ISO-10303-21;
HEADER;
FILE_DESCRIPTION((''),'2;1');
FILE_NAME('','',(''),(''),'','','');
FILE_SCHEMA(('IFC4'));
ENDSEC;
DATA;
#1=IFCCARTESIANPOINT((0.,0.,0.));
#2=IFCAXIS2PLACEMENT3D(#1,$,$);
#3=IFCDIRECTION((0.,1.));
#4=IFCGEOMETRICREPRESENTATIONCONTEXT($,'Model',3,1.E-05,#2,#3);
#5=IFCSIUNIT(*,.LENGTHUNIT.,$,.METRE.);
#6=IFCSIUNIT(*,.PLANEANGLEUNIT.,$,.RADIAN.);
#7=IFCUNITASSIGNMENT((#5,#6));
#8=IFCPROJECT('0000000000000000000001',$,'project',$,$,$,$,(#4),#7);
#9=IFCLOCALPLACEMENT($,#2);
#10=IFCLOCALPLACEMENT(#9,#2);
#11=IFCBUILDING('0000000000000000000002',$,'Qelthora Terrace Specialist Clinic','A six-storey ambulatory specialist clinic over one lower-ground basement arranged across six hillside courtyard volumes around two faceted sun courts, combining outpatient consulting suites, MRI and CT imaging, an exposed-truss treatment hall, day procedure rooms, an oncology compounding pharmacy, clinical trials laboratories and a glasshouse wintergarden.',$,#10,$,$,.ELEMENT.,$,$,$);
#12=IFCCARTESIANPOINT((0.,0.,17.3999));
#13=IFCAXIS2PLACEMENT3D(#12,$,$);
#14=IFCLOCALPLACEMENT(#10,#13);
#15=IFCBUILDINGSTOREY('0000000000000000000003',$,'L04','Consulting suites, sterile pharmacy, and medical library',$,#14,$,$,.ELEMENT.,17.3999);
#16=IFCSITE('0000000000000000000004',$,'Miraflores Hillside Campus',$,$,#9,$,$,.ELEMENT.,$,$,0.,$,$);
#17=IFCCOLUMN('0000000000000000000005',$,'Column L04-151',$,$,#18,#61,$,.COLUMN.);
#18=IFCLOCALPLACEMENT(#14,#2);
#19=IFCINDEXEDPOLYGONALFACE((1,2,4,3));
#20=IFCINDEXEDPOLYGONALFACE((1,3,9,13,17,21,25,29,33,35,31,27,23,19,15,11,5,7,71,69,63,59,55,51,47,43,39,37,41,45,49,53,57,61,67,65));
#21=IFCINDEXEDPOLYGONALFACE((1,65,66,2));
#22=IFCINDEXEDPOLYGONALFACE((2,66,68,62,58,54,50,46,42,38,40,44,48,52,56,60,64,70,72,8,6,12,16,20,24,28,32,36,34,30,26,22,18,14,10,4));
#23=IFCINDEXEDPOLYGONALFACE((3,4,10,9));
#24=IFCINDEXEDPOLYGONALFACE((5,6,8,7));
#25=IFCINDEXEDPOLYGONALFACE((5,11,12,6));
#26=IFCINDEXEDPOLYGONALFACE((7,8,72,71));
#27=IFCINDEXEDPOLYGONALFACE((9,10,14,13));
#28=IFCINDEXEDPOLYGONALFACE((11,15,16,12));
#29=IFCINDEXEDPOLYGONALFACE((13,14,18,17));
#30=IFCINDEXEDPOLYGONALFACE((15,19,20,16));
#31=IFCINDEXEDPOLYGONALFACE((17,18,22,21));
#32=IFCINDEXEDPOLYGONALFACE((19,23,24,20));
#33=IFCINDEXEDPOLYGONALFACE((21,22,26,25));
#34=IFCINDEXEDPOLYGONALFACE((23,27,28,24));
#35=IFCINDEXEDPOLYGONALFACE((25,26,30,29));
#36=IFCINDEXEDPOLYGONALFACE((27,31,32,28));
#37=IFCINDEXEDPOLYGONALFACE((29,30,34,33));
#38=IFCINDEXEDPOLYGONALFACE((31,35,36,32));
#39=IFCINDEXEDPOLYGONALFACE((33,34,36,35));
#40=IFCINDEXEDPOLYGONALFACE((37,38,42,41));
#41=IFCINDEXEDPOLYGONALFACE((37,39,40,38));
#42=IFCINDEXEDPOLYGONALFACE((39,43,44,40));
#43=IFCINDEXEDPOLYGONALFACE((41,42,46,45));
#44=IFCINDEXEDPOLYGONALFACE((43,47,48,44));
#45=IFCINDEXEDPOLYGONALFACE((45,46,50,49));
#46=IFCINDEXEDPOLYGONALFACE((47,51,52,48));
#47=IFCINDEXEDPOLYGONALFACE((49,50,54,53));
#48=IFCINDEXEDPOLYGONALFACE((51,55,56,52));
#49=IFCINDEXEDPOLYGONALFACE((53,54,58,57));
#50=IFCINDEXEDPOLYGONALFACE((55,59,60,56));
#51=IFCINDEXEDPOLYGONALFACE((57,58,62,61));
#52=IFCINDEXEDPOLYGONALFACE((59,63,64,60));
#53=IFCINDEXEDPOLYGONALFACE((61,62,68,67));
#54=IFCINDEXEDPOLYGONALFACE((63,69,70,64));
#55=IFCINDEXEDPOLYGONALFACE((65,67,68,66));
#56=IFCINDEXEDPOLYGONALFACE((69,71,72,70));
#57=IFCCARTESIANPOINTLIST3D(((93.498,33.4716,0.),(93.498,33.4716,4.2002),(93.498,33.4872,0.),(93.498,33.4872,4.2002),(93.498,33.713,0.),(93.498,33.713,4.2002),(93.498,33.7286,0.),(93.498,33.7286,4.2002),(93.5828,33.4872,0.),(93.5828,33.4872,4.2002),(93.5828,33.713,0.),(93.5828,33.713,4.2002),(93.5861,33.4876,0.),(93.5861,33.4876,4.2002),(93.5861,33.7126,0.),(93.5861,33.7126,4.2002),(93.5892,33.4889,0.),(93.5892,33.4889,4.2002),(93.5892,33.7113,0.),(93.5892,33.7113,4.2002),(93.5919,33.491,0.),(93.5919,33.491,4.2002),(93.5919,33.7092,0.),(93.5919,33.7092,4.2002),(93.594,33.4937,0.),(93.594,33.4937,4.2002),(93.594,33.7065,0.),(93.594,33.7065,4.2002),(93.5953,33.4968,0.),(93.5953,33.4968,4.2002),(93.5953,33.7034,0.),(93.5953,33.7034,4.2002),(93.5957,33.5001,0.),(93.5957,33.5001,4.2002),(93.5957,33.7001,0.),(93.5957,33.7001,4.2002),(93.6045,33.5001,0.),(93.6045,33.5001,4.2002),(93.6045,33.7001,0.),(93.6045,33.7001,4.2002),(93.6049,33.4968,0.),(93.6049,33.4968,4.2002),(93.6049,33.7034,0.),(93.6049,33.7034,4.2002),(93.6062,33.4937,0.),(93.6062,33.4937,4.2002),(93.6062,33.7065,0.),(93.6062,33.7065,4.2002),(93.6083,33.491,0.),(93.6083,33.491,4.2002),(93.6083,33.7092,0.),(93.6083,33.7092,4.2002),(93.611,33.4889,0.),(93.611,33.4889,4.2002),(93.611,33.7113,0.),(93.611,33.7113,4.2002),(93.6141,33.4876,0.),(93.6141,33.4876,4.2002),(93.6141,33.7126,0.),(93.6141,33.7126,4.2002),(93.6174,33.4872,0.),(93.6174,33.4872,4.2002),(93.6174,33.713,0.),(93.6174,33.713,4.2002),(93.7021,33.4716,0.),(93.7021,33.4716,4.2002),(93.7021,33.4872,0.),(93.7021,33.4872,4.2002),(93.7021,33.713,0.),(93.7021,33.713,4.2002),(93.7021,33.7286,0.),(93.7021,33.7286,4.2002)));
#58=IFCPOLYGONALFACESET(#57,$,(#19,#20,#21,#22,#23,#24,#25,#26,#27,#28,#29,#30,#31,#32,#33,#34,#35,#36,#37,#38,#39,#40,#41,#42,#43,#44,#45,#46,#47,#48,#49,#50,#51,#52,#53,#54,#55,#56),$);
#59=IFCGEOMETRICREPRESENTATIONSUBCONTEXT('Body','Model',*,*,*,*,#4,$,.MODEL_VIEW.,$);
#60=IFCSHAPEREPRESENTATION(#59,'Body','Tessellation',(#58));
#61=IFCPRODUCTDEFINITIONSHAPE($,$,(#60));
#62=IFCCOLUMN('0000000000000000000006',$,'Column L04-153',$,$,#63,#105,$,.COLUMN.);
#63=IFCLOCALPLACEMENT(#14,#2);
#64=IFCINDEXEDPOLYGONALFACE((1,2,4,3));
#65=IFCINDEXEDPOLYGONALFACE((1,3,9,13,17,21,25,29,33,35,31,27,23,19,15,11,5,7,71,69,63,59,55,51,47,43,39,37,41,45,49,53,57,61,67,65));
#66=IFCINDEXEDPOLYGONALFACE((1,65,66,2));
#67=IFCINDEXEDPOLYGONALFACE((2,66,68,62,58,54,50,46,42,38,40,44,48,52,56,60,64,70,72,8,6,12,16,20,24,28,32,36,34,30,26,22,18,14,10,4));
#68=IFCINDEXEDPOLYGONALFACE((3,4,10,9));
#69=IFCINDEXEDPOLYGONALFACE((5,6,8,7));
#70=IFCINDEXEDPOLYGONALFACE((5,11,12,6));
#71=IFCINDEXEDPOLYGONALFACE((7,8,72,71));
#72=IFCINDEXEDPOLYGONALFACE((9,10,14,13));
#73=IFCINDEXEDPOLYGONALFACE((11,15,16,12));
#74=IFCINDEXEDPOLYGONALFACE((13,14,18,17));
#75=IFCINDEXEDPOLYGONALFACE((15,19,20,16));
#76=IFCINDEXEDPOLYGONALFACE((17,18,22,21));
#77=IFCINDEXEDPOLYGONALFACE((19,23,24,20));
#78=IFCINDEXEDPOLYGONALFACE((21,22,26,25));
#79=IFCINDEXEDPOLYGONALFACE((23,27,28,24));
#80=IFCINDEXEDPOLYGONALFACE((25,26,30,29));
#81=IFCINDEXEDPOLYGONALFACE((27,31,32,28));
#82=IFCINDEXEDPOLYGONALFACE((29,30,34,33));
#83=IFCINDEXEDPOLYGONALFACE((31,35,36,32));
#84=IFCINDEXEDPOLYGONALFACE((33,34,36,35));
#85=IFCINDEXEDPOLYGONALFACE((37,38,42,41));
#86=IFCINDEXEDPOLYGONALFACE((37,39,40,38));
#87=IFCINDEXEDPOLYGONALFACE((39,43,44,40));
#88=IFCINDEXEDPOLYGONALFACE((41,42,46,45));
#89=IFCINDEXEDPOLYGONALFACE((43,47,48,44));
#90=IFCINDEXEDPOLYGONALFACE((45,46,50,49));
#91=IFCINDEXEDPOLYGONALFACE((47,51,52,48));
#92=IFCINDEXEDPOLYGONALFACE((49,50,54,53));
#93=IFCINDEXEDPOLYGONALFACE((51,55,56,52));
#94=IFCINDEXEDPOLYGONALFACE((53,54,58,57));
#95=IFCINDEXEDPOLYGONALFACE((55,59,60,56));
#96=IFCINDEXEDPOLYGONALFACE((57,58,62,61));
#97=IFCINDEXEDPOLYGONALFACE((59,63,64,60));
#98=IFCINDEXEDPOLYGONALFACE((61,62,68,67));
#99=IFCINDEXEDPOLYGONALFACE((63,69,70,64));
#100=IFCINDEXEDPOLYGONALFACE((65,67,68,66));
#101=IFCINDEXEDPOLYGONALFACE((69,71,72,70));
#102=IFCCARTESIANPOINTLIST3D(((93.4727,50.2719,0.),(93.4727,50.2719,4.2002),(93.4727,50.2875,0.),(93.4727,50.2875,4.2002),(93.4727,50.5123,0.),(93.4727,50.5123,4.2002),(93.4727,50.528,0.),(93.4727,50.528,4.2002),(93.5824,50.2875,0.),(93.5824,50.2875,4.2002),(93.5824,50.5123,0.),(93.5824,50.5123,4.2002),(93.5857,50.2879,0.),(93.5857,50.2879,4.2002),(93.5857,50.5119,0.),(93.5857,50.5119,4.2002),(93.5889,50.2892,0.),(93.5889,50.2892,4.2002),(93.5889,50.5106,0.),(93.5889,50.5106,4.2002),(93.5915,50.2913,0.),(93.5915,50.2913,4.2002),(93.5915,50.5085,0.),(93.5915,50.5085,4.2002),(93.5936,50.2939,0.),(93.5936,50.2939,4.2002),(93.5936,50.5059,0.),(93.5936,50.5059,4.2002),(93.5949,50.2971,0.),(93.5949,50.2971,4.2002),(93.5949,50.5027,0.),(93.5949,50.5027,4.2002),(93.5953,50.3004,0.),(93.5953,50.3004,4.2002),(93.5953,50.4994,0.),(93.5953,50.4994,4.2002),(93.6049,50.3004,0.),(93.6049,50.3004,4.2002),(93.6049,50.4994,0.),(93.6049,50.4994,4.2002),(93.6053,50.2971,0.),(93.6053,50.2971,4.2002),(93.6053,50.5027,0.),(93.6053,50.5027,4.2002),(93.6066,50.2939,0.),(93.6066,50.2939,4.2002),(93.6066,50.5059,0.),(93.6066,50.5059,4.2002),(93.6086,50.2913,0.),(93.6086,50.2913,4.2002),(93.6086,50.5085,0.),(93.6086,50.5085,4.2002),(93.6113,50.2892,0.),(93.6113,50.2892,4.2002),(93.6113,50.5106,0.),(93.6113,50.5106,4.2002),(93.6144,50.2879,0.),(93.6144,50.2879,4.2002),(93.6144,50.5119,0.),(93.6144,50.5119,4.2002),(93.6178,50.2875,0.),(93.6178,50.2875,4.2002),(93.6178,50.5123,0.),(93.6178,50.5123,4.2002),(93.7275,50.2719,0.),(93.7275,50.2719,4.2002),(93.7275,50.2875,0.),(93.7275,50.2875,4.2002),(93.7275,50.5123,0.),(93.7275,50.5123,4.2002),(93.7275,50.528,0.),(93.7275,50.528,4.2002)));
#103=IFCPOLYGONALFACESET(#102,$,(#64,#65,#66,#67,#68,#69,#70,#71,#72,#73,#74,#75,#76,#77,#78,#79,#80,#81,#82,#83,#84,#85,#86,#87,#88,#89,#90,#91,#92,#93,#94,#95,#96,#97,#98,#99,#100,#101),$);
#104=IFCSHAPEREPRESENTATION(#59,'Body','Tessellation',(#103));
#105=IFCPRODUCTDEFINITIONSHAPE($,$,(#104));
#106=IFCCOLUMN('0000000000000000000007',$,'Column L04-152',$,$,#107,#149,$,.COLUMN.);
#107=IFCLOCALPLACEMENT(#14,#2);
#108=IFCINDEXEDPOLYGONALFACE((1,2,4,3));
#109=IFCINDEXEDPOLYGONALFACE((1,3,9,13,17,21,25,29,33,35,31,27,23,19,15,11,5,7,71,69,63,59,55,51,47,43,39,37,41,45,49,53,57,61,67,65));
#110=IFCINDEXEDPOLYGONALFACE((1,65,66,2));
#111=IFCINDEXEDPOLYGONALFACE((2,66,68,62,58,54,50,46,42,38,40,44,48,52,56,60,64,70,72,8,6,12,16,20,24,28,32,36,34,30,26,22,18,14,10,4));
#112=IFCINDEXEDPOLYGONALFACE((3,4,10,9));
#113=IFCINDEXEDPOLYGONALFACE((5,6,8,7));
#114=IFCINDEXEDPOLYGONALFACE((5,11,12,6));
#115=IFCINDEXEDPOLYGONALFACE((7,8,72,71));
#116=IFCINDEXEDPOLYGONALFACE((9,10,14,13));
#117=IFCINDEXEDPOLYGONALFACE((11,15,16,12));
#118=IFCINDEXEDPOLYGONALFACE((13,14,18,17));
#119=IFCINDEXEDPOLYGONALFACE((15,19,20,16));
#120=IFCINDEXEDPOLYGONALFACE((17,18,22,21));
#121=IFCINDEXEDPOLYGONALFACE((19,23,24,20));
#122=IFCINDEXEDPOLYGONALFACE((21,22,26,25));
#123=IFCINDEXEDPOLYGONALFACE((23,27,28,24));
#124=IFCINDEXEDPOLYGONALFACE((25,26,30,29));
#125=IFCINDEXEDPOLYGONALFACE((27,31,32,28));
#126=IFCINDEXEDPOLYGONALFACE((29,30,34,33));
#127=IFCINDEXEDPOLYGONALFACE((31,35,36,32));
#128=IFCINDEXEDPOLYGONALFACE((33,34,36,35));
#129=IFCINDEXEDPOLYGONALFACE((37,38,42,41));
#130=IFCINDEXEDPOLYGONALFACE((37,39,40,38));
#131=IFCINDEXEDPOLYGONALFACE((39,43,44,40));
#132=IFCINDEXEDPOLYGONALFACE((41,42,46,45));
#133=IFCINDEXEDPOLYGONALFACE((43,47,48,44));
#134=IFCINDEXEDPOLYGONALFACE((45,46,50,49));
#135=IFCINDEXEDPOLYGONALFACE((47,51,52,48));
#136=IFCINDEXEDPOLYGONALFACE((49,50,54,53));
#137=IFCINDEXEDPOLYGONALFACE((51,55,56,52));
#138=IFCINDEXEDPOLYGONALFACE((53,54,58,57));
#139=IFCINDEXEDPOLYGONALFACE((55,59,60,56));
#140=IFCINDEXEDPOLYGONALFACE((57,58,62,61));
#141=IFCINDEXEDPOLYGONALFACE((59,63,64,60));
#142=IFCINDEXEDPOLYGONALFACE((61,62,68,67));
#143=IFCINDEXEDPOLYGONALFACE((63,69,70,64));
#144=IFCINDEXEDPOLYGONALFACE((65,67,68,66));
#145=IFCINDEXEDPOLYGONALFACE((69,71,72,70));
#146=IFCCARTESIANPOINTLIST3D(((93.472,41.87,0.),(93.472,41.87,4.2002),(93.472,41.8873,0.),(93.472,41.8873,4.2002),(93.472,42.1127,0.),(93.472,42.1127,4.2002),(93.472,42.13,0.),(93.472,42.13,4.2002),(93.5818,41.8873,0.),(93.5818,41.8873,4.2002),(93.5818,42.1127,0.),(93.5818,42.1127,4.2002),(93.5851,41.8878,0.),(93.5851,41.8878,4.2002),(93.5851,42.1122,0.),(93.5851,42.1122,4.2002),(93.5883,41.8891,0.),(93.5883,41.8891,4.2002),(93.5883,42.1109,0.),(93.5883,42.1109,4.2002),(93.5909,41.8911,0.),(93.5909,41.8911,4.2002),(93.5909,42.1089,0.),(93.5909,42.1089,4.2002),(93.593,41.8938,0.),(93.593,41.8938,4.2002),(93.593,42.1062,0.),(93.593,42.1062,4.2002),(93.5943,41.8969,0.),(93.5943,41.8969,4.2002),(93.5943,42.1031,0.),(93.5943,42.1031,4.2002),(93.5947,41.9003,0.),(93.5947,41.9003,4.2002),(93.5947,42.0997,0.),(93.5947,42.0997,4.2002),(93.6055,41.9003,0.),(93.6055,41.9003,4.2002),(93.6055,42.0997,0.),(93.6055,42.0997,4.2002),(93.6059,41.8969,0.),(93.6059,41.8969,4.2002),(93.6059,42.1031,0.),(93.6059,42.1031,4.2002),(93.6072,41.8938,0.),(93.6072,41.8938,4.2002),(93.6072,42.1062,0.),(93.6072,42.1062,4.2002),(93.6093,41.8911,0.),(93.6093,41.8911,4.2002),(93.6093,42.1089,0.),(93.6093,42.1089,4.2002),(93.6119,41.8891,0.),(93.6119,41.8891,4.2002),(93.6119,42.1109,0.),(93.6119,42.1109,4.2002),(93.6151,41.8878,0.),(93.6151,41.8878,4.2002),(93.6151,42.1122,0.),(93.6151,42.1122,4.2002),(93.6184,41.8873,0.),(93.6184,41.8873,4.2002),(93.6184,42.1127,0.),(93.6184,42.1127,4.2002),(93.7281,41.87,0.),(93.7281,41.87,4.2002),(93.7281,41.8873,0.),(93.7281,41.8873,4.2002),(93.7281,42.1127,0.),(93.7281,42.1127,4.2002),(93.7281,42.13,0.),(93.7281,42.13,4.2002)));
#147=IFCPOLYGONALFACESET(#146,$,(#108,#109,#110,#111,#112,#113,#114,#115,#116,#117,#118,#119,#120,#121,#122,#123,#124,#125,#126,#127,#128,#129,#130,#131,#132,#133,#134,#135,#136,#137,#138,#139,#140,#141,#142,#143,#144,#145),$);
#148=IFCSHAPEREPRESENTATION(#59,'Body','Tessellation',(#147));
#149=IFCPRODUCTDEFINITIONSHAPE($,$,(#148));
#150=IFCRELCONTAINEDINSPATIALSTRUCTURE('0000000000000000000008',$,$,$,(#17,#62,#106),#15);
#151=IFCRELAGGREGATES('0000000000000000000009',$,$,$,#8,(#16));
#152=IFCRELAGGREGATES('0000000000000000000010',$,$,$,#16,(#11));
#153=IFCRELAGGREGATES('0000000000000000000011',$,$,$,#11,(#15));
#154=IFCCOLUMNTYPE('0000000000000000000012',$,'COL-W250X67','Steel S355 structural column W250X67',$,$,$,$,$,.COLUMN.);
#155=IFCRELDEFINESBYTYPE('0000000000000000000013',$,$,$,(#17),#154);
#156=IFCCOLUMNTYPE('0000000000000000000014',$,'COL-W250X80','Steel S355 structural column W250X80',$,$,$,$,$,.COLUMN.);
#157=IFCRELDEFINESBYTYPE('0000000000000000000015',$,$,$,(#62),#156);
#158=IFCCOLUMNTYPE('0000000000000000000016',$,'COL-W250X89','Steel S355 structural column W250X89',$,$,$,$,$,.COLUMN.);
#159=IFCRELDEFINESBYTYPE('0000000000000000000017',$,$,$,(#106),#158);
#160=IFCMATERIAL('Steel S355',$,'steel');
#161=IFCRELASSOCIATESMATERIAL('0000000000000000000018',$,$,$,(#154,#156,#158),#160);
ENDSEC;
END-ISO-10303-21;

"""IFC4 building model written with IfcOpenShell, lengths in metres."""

from ifc_helpers import new_model, si_unit, direction, frame, origin, origin_2d, place, context, subcontext, project, spatial, i_section, extrude, material, material_profile, profile_set, type_object, element, save


model = new_model("IFC4")

# Units and contexts
model_context = context("Model", 3, precision=1e-05, world=origin(), true_north=direction((0.0, 1.0)))
body_context = subcontext(model_context, "Body", "Model", "MODEL_VIEW")
ifc_project = project(units=[si_unit("LENGTHUNIT", "METRE"), si_unit("PLANEANGLEUNIT", "RADIAN")], contexts=[model_context])

# Site, building, storey
site_placement = place(None, origin())
site = spatial("IfcSite", under=ifc_project, at=site_placement, Name="Miraflores Hillside Campus", CompositionType="ELEMENT", RefElevation=0.0)
building_placement = place(site_placement, origin())
building = spatial("IfcBuilding", under=site, at=building_placement, Name="Qelthora Terrace Specialist Clinic", Description="A six-storey ambulatory specialist clinic over one lower-ground basement arranged across six hillside courtyard volumes around two faceted sun courts, combining outpatient consulting suites, MRI and CT imaging, an exposed-truss treatment hall, day procedure rooms, an oncology compounding pharmacy, clinical trials laboratories and a glasshouse wintergarden.", CompositionType="ELEMENT")
storey_placement = place(building_placement, frame((0.0, 0.0, 17.3999)))
storey = spatial("IfcBuildingStorey", under=building, at=storey_placement, Name="L04", Description="Consulting suites, sterile pharmacy, and medical library", CompositionType="ELEMENT", Elevation=17.3999)

# Columns
ifc_material_1 = material(Name="Steel S355", Category="steel")
ifc_material_profile_1 = material_profile(ifc_material_1, i_section(OverallWidth=0.2041, OverallDepth=0.2571, WebThickness=0.0088, FlangeThickness=0.0156, FilletRadius=0.0129, at=origin_2d()), Name="W250X67")
ifc_profile_set_1 = profile_set([ifc_material_profile_1], Name="Steel S355")
column_type_1 = type_object("IfcColumnType", Name="COL-W250X67", Description="Steel S355 structural column W250X67", PredefinedType="COLUMN", material=ifc_profile_set_1)
column_1_placement = place(storey_placement, frame((93.6001, 33.6001, 0.0), z_axis=(0.0, 0.0, 1.0), x_axis=(1.0, 0.0, 0.0)))
element("IfcColumn", 1, at=column_1_placement, inside=storey, type_object=column_type_1, Name="Column L04-151", PredefinedType="COLUMN", context=body_context, shape_type="SweptSolid", body=[
    extrude(i_section(OverallWidth=0.2041, OverallDepth=0.2571, WebThickness=0.0088, FlangeThickness=0.0156, FilletRadius=0.0129, at=origin_2d()), origin(), (0.0, 0.0, 1.0), 4.2002),
])
ifc_material_profile_2 = material_profile(ifc_material_1, i_section(OverallWidth=0.2549, OverallDepth=0.2561, WebThickness=0.0095, FlangeThickness=0.0156, FilletRadius=0.0129, at=origin_2d()), Name="W250X80")
ifc_profile_set_2 = profile_set([ifc_material_profile_2], Name="Steel S355")
column_type_2 = type_object("IfcColumnType", Name="COL-W250X80", Description="Steel S355 structural column W250X80", PredefinedType="COLUMN", material=ifc_profile_set_2)
column_2_placement = place(storey_placement, frame((93.6001, 50.3999, 0.0), z_axis=(0.0, 0.0, 1.0), x_axis=(1.0, 0.0, 0.0)))
element("IfcColumn", 2, at=column_2_placement, inside=storey, type_object=column_type_2, Name="Column L04-153", PredefinedType="COLUMN", context=body_context, shape_type="SweptSolid", body=[
    extrude(i_section(OverallWidth=0.2549, OverallDepth=0.2561, WebThickness=0.0095, FlangeThickness=0.0156, FilletRadius=0.0129, at=origin_2d()), origin(), (0.0, 0.0, 1.0), 4.2002),
])
ifc_material_profile_3 = material_profile(ifc_material_1, i_section(OverallWidth=0.2561, OverallDepth=0.26, WebThickness=0.0107, FlangeThickness=0.0173, FilletRadius=0.0129, at=origin_2d()), Name="W250X89")
ifc_profile_set_3 = profile_set([ifc_material_profile_3], Name="Steel S355")
column_type_3 = type_object("IfcColumnType", Name="COL-W250X89", Description="Steel S355 structural column W250X89", PredefinedType="COLUMN", material=ifc_profile_set_3)
column_3_placement = place(storey_placement, frame((93.6001, 42.0, 0.0), z_axis=(0.0, 0.0, 1.0), x_axis=(1.0, 0.0, 0.0)))
element("IfcColumn", 3, at=column_3_placement, inside=storey, type_object=column_type_3, Name="Column L04-152", PredefinedType="COLUMN", context=body_context, shape_type="SweptSolid", body=[
    extrude(i_section(OverallWidth=0.2561, OverallDepth=0.26, WebThickness=0.0107, FlangeThickness=0.0173, FilletRadius=0.0129, at=origin_2d()), origin(), (0.0, 0.0, 1.0), 4.2002),
])

save(model, "model.ifc")
